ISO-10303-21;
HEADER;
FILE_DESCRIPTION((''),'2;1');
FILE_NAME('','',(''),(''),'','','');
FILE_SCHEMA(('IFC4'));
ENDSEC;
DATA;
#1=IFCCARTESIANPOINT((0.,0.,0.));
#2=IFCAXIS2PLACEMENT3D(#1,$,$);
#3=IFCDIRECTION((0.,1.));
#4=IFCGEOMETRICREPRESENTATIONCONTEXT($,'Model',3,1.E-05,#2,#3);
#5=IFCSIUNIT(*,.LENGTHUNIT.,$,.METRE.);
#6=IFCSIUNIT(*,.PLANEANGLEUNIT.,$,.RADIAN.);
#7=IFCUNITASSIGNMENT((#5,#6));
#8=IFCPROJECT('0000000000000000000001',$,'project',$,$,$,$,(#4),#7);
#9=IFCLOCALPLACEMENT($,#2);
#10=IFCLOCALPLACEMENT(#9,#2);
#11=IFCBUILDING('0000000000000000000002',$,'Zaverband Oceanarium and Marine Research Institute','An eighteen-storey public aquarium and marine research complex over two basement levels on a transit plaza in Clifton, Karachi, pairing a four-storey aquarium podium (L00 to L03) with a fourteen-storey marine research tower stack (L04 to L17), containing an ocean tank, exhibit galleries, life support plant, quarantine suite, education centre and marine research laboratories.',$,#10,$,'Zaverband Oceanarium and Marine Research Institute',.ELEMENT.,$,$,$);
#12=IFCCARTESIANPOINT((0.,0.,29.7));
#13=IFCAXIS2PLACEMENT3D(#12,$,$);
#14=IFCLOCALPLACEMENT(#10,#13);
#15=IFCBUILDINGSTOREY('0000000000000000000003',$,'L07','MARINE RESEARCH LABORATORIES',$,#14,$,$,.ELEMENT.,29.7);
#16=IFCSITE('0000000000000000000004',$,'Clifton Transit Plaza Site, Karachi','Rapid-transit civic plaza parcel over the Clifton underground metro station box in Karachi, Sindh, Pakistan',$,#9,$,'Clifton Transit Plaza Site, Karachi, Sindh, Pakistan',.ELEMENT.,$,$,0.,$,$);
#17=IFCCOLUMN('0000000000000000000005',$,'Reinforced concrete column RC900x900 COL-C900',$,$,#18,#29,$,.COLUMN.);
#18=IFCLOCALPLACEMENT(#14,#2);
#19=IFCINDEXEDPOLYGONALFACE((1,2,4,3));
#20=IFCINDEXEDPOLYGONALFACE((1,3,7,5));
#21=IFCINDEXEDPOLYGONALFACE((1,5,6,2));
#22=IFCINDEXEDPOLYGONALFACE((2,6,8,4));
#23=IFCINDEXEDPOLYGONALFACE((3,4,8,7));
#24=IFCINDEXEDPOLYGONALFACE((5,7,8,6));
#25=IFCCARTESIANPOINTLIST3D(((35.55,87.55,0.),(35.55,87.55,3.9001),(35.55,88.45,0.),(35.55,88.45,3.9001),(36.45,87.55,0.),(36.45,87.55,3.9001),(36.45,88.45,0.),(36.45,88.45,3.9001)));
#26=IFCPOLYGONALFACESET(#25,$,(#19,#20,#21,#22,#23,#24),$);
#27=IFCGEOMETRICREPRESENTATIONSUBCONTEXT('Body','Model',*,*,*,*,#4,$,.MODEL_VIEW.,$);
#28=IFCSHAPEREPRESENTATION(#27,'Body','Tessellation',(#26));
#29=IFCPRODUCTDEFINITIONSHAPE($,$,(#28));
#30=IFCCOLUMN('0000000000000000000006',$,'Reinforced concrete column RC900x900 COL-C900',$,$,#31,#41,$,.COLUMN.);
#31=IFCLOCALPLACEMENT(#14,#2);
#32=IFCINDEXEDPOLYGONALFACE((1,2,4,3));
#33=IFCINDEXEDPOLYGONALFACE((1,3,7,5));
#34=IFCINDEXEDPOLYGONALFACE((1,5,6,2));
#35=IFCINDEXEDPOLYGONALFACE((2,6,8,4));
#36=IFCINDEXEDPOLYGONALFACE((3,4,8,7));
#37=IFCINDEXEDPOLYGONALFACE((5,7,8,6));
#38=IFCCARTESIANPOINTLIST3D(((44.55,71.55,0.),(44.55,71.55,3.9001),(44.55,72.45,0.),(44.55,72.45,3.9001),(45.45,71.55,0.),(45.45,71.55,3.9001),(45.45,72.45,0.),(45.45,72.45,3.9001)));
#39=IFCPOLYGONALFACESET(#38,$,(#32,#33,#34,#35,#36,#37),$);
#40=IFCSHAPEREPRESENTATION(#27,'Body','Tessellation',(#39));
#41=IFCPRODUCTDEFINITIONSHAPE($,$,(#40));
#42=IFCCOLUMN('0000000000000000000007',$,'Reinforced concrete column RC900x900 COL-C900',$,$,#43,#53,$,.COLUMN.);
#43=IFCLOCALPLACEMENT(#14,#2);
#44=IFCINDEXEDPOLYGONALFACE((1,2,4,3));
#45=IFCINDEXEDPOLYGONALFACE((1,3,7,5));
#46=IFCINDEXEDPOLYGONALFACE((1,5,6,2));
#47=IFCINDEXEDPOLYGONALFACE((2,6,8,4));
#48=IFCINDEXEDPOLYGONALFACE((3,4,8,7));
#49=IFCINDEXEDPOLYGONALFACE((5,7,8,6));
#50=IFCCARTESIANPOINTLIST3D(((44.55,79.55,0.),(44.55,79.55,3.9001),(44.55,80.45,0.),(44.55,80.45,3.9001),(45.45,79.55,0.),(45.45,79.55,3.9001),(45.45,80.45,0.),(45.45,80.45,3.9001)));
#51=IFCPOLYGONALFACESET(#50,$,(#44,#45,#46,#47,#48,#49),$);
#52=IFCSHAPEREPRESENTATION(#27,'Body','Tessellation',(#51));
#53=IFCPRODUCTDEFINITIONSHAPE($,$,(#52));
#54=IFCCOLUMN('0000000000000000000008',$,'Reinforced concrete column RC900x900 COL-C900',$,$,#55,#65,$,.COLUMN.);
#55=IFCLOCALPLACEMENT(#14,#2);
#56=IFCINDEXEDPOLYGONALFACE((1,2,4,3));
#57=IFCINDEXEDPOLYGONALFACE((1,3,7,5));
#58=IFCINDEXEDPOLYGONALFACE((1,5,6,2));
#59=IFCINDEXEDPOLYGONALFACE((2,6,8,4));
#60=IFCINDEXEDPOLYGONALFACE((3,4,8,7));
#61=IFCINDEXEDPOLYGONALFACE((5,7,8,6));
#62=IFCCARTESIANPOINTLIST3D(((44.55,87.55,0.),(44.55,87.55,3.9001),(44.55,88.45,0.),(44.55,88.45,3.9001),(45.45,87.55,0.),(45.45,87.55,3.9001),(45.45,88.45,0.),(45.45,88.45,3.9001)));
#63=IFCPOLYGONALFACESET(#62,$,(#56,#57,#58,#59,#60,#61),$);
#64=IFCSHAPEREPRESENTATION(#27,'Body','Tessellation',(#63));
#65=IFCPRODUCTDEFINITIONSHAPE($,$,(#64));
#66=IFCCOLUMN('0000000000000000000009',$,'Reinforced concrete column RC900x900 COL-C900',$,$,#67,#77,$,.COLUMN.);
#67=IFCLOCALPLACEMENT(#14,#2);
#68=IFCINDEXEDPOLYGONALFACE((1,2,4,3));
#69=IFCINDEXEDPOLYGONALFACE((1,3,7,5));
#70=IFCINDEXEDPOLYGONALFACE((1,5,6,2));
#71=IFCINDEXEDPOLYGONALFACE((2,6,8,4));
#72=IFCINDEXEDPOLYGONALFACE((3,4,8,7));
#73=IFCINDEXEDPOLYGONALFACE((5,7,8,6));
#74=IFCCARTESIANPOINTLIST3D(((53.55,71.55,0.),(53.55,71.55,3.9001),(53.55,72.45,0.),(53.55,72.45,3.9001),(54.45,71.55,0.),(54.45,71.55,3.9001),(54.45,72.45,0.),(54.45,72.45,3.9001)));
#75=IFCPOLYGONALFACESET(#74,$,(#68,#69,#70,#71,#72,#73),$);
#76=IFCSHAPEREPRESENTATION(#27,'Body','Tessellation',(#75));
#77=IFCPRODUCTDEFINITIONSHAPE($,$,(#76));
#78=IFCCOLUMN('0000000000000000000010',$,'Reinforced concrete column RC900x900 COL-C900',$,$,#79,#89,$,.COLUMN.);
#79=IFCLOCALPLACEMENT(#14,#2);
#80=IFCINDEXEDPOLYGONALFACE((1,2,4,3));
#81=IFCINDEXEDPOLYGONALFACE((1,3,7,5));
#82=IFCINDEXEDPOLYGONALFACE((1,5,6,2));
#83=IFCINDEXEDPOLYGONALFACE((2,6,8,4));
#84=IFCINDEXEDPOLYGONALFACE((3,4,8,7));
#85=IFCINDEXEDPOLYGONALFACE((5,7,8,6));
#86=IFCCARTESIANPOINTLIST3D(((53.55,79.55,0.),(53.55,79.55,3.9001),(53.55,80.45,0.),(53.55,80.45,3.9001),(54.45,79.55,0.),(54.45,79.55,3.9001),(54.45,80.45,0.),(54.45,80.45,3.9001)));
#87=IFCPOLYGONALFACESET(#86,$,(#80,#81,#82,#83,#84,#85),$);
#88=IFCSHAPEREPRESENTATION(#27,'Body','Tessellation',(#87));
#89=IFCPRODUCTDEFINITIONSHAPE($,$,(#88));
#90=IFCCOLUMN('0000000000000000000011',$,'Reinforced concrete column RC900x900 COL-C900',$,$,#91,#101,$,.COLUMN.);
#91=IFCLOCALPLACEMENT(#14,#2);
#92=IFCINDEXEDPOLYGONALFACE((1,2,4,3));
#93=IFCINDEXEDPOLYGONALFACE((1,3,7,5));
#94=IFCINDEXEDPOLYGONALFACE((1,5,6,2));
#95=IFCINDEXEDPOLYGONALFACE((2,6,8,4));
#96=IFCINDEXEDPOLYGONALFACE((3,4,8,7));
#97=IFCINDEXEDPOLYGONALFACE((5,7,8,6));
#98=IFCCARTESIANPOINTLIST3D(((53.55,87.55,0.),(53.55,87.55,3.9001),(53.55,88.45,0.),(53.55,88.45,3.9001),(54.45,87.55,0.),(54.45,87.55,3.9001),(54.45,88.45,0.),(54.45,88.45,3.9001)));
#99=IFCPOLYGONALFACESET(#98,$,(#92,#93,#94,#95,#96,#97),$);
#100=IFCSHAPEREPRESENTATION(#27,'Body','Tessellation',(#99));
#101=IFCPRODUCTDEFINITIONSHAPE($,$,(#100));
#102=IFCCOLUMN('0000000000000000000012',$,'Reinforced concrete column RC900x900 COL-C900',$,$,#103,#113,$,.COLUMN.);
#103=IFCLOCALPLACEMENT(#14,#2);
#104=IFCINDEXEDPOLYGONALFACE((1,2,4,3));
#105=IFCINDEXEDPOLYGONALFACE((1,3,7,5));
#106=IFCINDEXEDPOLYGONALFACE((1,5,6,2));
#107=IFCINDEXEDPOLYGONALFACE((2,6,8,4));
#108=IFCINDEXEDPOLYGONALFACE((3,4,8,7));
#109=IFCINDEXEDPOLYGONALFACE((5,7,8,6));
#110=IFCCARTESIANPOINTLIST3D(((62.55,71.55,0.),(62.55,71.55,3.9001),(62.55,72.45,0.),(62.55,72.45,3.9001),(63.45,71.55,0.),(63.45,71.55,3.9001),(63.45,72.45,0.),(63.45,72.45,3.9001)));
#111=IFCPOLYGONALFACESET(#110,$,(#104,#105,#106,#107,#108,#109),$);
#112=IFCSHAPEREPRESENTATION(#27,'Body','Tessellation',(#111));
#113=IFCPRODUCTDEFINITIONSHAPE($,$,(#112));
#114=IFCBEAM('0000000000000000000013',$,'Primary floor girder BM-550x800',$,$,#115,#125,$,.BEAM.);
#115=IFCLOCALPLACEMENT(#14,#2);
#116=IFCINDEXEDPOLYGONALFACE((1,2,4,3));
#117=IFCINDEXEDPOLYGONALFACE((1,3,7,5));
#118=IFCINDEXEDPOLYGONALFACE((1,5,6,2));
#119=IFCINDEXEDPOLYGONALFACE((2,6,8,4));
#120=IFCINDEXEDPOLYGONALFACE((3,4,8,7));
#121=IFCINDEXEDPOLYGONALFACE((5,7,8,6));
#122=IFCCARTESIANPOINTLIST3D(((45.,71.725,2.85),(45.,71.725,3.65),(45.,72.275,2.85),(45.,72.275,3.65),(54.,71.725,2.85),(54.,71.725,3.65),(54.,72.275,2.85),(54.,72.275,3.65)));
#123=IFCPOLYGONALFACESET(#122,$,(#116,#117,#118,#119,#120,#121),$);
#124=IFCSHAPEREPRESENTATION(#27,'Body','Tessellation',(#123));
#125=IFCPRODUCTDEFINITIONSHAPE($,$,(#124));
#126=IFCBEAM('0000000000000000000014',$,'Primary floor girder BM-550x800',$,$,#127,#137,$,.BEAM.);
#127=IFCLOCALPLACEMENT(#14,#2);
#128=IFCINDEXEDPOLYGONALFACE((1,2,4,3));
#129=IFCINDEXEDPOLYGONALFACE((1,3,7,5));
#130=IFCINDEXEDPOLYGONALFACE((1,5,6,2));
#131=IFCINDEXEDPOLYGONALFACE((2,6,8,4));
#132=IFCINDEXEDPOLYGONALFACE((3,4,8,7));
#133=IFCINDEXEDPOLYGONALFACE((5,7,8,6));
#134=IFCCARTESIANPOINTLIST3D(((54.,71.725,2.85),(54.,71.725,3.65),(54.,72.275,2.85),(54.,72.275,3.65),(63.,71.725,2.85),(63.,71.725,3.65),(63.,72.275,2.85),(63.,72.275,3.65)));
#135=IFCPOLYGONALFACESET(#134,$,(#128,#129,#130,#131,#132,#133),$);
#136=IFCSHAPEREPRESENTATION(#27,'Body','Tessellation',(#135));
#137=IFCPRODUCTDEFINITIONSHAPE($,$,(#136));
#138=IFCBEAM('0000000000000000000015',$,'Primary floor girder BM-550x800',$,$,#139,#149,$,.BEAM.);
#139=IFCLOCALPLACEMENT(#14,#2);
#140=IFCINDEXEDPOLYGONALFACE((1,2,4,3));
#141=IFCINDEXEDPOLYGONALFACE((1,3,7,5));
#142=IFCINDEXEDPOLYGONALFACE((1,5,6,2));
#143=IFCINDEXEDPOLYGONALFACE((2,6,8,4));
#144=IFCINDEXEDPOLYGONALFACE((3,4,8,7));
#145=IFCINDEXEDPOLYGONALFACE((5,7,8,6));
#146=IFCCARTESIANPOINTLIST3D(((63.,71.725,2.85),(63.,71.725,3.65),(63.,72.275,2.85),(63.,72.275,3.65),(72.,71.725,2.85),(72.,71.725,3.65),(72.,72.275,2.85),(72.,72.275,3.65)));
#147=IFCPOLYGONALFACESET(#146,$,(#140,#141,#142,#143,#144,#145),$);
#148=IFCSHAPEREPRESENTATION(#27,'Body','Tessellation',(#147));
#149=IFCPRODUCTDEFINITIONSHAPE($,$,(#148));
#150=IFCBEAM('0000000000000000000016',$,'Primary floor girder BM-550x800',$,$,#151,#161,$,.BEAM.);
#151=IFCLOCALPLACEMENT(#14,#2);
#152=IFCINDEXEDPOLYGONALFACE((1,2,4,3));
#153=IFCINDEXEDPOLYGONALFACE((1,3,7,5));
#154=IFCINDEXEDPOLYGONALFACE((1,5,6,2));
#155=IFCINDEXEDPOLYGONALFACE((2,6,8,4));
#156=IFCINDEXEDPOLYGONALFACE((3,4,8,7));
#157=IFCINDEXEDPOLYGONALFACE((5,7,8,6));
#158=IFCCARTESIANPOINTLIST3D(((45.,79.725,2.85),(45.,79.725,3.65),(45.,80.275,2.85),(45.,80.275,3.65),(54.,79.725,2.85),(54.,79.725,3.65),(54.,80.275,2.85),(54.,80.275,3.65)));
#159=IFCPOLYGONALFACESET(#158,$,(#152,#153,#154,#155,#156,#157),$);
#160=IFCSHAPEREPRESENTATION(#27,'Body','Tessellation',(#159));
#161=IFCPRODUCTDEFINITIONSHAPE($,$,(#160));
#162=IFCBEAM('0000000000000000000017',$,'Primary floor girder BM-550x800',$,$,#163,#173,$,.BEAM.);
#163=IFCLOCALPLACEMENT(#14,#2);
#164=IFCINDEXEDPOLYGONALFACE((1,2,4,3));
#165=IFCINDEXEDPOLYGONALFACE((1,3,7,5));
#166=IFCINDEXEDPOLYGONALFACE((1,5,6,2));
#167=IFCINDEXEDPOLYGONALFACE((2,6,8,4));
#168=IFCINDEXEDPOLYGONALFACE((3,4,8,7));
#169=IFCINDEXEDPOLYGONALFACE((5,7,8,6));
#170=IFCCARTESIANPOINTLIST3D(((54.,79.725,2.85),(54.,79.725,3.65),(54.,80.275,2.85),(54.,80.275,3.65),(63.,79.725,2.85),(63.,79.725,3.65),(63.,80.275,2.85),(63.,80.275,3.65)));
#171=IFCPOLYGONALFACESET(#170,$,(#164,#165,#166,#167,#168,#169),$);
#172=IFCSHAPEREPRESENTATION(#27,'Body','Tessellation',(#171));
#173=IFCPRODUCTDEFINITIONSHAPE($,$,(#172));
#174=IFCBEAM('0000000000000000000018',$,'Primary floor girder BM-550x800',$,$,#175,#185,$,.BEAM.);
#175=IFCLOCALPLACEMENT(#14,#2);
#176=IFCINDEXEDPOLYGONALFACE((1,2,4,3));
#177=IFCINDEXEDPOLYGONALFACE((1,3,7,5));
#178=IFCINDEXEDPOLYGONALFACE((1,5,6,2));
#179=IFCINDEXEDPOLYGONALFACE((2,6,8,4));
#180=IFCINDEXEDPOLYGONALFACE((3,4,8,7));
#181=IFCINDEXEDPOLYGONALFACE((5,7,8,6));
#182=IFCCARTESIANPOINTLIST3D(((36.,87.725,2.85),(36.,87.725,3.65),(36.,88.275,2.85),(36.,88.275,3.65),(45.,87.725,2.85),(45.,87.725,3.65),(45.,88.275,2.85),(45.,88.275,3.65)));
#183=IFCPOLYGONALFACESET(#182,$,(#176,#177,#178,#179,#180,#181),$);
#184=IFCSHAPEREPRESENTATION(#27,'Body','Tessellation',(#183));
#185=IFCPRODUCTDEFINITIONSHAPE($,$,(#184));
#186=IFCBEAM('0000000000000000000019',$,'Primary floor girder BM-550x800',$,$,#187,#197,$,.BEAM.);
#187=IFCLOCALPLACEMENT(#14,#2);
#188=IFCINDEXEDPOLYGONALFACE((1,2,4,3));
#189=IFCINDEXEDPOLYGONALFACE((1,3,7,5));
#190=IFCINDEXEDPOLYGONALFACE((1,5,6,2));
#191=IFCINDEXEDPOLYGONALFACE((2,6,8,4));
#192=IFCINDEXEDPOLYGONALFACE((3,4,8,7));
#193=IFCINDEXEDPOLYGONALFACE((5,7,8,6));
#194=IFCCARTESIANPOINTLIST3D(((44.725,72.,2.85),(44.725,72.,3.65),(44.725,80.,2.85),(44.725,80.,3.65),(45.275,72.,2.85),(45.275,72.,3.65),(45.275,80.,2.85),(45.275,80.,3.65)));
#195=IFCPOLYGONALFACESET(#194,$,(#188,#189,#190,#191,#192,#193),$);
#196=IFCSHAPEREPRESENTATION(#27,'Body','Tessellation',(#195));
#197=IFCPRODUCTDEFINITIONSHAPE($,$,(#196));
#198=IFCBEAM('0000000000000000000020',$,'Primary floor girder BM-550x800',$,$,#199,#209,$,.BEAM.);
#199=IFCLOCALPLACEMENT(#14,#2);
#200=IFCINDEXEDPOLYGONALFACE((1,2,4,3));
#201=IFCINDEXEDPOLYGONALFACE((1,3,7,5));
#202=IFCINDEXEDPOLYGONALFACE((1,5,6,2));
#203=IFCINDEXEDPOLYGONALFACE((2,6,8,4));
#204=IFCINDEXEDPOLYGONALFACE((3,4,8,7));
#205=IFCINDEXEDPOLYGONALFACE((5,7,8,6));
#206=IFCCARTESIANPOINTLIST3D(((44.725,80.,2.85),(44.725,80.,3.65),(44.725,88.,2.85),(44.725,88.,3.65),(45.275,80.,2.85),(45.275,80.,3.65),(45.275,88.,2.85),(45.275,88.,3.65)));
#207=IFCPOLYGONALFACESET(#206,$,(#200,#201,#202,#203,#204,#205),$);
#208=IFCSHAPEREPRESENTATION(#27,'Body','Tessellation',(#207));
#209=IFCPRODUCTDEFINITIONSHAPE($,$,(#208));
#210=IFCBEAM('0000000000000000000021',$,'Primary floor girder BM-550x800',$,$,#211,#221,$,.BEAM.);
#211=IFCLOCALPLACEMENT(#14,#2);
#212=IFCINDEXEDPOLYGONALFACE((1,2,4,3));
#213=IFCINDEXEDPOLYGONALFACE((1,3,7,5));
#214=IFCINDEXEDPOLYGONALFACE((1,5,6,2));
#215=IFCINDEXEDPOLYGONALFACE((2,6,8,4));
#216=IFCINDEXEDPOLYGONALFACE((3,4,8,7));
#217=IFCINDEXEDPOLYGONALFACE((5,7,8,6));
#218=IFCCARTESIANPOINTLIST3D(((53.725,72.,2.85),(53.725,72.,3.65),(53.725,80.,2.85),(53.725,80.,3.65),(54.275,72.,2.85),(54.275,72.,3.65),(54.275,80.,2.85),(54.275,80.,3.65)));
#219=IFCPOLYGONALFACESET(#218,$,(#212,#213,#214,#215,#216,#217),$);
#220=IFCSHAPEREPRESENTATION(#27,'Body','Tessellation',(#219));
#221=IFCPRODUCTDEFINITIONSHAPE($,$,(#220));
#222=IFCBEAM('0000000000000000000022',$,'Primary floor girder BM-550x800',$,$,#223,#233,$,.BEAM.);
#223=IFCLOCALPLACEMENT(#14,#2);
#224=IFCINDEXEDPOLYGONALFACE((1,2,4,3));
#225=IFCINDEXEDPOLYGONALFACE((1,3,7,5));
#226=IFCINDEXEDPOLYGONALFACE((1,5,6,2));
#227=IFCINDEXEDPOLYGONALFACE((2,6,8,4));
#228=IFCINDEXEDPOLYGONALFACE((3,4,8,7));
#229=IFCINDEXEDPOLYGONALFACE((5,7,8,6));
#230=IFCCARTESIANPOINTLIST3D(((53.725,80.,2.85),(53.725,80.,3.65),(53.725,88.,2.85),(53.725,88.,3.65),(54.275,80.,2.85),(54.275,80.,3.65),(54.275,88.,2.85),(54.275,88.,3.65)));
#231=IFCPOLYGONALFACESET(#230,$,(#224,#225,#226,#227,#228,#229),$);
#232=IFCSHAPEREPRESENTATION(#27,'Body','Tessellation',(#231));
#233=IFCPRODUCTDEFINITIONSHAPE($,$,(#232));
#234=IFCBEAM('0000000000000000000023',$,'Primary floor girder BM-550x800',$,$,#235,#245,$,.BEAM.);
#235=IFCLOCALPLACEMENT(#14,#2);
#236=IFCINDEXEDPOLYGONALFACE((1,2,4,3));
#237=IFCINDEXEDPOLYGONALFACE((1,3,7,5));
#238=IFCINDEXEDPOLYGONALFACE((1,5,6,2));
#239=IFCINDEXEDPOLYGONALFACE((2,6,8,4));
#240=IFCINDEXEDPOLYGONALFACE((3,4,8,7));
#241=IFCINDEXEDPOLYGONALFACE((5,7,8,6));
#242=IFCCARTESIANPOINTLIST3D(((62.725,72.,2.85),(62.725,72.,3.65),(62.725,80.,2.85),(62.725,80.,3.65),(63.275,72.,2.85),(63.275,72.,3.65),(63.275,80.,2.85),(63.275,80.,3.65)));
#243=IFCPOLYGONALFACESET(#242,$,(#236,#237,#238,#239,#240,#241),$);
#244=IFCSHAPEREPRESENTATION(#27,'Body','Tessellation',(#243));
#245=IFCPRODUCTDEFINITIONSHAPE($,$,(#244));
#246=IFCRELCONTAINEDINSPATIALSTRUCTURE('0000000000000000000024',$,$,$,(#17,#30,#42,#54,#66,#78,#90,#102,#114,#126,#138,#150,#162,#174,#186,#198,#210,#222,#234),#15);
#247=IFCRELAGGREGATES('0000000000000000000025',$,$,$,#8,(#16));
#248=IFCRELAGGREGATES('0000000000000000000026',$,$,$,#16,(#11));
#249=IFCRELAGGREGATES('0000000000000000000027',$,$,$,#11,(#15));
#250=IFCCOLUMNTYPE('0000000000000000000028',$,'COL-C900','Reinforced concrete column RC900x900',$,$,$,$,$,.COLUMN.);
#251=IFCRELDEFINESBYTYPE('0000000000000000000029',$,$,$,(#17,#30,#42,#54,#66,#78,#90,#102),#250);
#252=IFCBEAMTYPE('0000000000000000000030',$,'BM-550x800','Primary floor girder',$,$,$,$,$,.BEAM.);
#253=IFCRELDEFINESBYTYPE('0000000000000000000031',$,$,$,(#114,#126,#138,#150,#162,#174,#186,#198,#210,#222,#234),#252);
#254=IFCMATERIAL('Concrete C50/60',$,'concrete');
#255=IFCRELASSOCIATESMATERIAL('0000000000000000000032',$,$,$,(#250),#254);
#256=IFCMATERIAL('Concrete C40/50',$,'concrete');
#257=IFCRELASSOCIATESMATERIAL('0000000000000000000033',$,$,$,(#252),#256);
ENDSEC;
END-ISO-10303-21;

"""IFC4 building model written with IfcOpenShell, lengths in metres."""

from ifc_helpers import new_model, si_unit, direction, frame, origin, origin_2d, place, context, subcontext, project, spatial, rectangle, extrude, material, material_profile, profile_set, type_object, element, save


model = new_model("IFC4")

# Units and contexts
model_context = context("Model", 3, precision=1e-05, world=origin(), true_north=direction((0.0, 1.0)))
body_context = subcontext(model_context, "Body", "Model", "MODEL_VIEW")
ifc_project = project(units=[si_unit("LENGTHUNIT", "METRE"), si_unit("PLANEANGLEUNIT", "RADIAN")], contexts=[model_context])

# Site, building, storey
site_placement = place(None, origin())
site = spatial("IfcSite", under=ifc_project, at=site_placement, Name="Clifton Transit Plaza Site, Karachi", Description="Rapid-transit civic plaza parcel over the Clifton underground metro station box in Karachi, Sindh, Pakistan", LongName="Clifton Transit Plaza Site, Karachi, Sindh, Pakistan", CompositionType="ELEMENT", RefElevation=0.0)
building_placement = place(site_placement, origin())
building = spatial("IfcBuilding", under=site, at=building_placement, Name="Zaverband Oceanarium and Marine Research Institute", Description="An eighteen-storey public aquarium and marine research complex over two basement levels on a transit plaza in Clifton, Karachi, pairing a four-storey aquarium podium (L00 to L03) with a fourteen-storey marine research tower stack (L04 to L17), containing an ocean tank, exhibit galleries, life support plant, quarantine suite, education centre and marine research laboratories.", LongName="Zaverband Oceanarium and Marine Research Institute", CompositionType="ELEMENT")
storey_placement = place(building_placement, frame((0.0, 0.0, 29.7)))
storey = spatial("IfcBuildingStorey", under=building, at=storey_placement, Name="L07", Description="MARINE RESEARCH LABORATORIES", CompositionType="ELEMENT", Elevation=29.7)

# Columns
ifc_material_1 = material(Name="Concrete C50/60", Category="concrete")
ifc_material_profile_1 = material_profile(ifc_material_1, rectangle(XDim=0.8999, YDim=0.8999, at=origin_2d()), Name="RC900x900")
ifc_profile_set_1 = profile_set([ifc_material_profile_1], Name="Concrete C50/60")
column_type = type_object("IfcColumnType", Name="COL-C900", Description="Reinforced concrete column RC900x900", PredefinedType="COLUMN", material=ifc_profile_set_1)
for number, where, z_axis, x_axis, name in (
    (1, (36.0, 88.0, 0.0), (0.0, 0.0, 1.0), (1.0, 0.0, 0.0), "Reinforced concrete column RC900x900 COL-C900"),
    (2, (45.0, 72.0, 0.0), (0.0, 0.0, 1.0), (1.0, 0.0, 0.0), "Reinforced concrete column RC900x900 COL-C900"),
    (3, (45.0, 80.0, 0.0), (0.0, 0.0, 1.0), (1.0, 0.0, 0.0), "Reinforced concrete column RC900x900 COL-C900"),
    (4, (45.0, 88.0, 0.0), (0.0, 0.0, 1.0), (1.0, 0.0, 0.0), "Reinforced concrete column RC900x900 COL-C900"),
    (5, (54.0, 72.0, 0.0), (0.0, 0.0, 1.0), (1.0, 0.0, 0.0), "Reinforced concrete column RC900x900 COL-C900"),
    (6, (54.0, 80.0, 0.0), (0.0, 0.0, 1.0), (1.0, 0.0, 0.0), "Reinforced concrete column RC900x900 COL-C900"),
    (7, (54.0, 88.0, 0.0), (0.0, 0.0, 1.0), (1.0, 0.0, 0.0), "Reinforced concrete column RC900x900 COL-C900"),
    (8, (63.0, 72.0, 0.0), (0.0, 0.0, 1.0), (1.0, 0.0, 0.0), "Reinforced concrete column RC900x900 COL-C900"),
):
    element("IfcColumn", number, at=place(storey_placement, frame(where, z_axis=z_axis, x_axis=x_axis)), inside=storey, type_object=column_type, Name=name, PredefinedType="COLUMN", context=body_context, shape_type="SweptSolid", body=[
        extrude(rectangle(XDim=0.8999, YDim=0.8999, at=origin_2d()), origin(), (0.0, 0.0, 1.0), 3.9001),
    ])

# Beams
ifc_material_2 = material(Name="Concrete C40/50", Category="concrete")
ifc_material_profile_2 = material_profile(ifc_material_2, rectangle(XDim=0.55, YDim=0.8, at=origin_2d()), Name="RC550x800")
ifc_profile_set_2 = profile_set([ifc_material_profile_2], Name="Concrete C40/50")
beam_type_1 = type_object("IfcBeamType", Name="BM-550x800", Description="Primary floor girder", PredefinedType="BEAM", material=ifc_profile_set_2)
for number, where, z_axis, x_axis, name in (
    (9, (45.0, 72.0, 3.25), (1.0, 0.0, 0.0), (0.0, 1.0, 0.0), "Primary floor girder BM-550x800"),
    (10, (54.0, 72.0, 3.25), (1.0, 0.0, 0.0), (0.0, 1.0, 0.0), "Primary floor girder BM-550x800"),
    (11, (63.0, 72.0, 3.25), (1.0, 0.0, 0.0), (0.0, 1.0, 0.0), "Primary floor girder BM-550x800"),
    (12, (45.0, 80.0, 3.25), (1.0, 0.0, 0.0), (0.0, 1.0, 0.0), "Primary floor girder BM-550x800"),
    (13, (54.0, 80.0, 3.25), (1.0, 0.0, 0.0), (0.0, 1.0, 0.0), "Primary floor girder BM-550x800"),
    (14, (36.0, 88.0, 3.25), (1.0, 0.0, 0.0), (0.0, 1.0, 0.0), "Primary floor girder BM-550x800"),
):
    element("IfcBeam", number, at=place(storey_placement, frame(where, z_axis=z_axis, x_axis=x_axis)), inside=storey, type_object=beam_type_1, Name=name, PredefinedType="BEAM", context=body_context, shape_type="SweptSolid", body=[
        extrude(rectangle(XDim=0.55, YDim=0.8, at=origin_2d()), origin(), (0.0, 0.0, 1.0), 9.0),
    ])
for number, where, z_axis, x_axis, name in (
    (15, (45.0, 72.0, 3.25), (0.0, 1.0, 0.0), (-1.0, 0.0, 0.0), "Primary floor girder BM-550x800"),
    (16, (45.0, 80.0, 3.25), (0.0, 1.0, 0.0), (-1.0, 0.0, 0.0), "Primary floor girder BM-550x800"),
    (17, (54.0, 72.0, 3.25), (0.0, 1.0, 0.0), (-1.0, 0.0, 0.0), "Primary floor girder BM-550x800"),
    (18, (54.0, 80.0, 3.25), (0.0, 1.0, 0.0), (-1.0, 0.0, 0.0), "Primary floor girder BM-550x800"),
    (19, (63.0, 72.0, 3.25), (0.0, 1.0, 0.0), (-1.0, 0.0, 0.0), "Primary floor girder BM-550x800"),
):
    element("IfcBeam", number, at=place(storey_placement, frame(where, z_axis=z_axis, x_axis=x_axis)), inside=storey, type_object=beam_type_1, Name=name, PredefinedType="BEAM", context=body_context, shape_type="SweptSolid", body=[
        extrude(rectangle(XDim=0.55, YDim=0.8, at=origin_2d()), origin(), (0.0, 0.0, 1.0), 8.0),
    ])

save(model, "model.ifc")
